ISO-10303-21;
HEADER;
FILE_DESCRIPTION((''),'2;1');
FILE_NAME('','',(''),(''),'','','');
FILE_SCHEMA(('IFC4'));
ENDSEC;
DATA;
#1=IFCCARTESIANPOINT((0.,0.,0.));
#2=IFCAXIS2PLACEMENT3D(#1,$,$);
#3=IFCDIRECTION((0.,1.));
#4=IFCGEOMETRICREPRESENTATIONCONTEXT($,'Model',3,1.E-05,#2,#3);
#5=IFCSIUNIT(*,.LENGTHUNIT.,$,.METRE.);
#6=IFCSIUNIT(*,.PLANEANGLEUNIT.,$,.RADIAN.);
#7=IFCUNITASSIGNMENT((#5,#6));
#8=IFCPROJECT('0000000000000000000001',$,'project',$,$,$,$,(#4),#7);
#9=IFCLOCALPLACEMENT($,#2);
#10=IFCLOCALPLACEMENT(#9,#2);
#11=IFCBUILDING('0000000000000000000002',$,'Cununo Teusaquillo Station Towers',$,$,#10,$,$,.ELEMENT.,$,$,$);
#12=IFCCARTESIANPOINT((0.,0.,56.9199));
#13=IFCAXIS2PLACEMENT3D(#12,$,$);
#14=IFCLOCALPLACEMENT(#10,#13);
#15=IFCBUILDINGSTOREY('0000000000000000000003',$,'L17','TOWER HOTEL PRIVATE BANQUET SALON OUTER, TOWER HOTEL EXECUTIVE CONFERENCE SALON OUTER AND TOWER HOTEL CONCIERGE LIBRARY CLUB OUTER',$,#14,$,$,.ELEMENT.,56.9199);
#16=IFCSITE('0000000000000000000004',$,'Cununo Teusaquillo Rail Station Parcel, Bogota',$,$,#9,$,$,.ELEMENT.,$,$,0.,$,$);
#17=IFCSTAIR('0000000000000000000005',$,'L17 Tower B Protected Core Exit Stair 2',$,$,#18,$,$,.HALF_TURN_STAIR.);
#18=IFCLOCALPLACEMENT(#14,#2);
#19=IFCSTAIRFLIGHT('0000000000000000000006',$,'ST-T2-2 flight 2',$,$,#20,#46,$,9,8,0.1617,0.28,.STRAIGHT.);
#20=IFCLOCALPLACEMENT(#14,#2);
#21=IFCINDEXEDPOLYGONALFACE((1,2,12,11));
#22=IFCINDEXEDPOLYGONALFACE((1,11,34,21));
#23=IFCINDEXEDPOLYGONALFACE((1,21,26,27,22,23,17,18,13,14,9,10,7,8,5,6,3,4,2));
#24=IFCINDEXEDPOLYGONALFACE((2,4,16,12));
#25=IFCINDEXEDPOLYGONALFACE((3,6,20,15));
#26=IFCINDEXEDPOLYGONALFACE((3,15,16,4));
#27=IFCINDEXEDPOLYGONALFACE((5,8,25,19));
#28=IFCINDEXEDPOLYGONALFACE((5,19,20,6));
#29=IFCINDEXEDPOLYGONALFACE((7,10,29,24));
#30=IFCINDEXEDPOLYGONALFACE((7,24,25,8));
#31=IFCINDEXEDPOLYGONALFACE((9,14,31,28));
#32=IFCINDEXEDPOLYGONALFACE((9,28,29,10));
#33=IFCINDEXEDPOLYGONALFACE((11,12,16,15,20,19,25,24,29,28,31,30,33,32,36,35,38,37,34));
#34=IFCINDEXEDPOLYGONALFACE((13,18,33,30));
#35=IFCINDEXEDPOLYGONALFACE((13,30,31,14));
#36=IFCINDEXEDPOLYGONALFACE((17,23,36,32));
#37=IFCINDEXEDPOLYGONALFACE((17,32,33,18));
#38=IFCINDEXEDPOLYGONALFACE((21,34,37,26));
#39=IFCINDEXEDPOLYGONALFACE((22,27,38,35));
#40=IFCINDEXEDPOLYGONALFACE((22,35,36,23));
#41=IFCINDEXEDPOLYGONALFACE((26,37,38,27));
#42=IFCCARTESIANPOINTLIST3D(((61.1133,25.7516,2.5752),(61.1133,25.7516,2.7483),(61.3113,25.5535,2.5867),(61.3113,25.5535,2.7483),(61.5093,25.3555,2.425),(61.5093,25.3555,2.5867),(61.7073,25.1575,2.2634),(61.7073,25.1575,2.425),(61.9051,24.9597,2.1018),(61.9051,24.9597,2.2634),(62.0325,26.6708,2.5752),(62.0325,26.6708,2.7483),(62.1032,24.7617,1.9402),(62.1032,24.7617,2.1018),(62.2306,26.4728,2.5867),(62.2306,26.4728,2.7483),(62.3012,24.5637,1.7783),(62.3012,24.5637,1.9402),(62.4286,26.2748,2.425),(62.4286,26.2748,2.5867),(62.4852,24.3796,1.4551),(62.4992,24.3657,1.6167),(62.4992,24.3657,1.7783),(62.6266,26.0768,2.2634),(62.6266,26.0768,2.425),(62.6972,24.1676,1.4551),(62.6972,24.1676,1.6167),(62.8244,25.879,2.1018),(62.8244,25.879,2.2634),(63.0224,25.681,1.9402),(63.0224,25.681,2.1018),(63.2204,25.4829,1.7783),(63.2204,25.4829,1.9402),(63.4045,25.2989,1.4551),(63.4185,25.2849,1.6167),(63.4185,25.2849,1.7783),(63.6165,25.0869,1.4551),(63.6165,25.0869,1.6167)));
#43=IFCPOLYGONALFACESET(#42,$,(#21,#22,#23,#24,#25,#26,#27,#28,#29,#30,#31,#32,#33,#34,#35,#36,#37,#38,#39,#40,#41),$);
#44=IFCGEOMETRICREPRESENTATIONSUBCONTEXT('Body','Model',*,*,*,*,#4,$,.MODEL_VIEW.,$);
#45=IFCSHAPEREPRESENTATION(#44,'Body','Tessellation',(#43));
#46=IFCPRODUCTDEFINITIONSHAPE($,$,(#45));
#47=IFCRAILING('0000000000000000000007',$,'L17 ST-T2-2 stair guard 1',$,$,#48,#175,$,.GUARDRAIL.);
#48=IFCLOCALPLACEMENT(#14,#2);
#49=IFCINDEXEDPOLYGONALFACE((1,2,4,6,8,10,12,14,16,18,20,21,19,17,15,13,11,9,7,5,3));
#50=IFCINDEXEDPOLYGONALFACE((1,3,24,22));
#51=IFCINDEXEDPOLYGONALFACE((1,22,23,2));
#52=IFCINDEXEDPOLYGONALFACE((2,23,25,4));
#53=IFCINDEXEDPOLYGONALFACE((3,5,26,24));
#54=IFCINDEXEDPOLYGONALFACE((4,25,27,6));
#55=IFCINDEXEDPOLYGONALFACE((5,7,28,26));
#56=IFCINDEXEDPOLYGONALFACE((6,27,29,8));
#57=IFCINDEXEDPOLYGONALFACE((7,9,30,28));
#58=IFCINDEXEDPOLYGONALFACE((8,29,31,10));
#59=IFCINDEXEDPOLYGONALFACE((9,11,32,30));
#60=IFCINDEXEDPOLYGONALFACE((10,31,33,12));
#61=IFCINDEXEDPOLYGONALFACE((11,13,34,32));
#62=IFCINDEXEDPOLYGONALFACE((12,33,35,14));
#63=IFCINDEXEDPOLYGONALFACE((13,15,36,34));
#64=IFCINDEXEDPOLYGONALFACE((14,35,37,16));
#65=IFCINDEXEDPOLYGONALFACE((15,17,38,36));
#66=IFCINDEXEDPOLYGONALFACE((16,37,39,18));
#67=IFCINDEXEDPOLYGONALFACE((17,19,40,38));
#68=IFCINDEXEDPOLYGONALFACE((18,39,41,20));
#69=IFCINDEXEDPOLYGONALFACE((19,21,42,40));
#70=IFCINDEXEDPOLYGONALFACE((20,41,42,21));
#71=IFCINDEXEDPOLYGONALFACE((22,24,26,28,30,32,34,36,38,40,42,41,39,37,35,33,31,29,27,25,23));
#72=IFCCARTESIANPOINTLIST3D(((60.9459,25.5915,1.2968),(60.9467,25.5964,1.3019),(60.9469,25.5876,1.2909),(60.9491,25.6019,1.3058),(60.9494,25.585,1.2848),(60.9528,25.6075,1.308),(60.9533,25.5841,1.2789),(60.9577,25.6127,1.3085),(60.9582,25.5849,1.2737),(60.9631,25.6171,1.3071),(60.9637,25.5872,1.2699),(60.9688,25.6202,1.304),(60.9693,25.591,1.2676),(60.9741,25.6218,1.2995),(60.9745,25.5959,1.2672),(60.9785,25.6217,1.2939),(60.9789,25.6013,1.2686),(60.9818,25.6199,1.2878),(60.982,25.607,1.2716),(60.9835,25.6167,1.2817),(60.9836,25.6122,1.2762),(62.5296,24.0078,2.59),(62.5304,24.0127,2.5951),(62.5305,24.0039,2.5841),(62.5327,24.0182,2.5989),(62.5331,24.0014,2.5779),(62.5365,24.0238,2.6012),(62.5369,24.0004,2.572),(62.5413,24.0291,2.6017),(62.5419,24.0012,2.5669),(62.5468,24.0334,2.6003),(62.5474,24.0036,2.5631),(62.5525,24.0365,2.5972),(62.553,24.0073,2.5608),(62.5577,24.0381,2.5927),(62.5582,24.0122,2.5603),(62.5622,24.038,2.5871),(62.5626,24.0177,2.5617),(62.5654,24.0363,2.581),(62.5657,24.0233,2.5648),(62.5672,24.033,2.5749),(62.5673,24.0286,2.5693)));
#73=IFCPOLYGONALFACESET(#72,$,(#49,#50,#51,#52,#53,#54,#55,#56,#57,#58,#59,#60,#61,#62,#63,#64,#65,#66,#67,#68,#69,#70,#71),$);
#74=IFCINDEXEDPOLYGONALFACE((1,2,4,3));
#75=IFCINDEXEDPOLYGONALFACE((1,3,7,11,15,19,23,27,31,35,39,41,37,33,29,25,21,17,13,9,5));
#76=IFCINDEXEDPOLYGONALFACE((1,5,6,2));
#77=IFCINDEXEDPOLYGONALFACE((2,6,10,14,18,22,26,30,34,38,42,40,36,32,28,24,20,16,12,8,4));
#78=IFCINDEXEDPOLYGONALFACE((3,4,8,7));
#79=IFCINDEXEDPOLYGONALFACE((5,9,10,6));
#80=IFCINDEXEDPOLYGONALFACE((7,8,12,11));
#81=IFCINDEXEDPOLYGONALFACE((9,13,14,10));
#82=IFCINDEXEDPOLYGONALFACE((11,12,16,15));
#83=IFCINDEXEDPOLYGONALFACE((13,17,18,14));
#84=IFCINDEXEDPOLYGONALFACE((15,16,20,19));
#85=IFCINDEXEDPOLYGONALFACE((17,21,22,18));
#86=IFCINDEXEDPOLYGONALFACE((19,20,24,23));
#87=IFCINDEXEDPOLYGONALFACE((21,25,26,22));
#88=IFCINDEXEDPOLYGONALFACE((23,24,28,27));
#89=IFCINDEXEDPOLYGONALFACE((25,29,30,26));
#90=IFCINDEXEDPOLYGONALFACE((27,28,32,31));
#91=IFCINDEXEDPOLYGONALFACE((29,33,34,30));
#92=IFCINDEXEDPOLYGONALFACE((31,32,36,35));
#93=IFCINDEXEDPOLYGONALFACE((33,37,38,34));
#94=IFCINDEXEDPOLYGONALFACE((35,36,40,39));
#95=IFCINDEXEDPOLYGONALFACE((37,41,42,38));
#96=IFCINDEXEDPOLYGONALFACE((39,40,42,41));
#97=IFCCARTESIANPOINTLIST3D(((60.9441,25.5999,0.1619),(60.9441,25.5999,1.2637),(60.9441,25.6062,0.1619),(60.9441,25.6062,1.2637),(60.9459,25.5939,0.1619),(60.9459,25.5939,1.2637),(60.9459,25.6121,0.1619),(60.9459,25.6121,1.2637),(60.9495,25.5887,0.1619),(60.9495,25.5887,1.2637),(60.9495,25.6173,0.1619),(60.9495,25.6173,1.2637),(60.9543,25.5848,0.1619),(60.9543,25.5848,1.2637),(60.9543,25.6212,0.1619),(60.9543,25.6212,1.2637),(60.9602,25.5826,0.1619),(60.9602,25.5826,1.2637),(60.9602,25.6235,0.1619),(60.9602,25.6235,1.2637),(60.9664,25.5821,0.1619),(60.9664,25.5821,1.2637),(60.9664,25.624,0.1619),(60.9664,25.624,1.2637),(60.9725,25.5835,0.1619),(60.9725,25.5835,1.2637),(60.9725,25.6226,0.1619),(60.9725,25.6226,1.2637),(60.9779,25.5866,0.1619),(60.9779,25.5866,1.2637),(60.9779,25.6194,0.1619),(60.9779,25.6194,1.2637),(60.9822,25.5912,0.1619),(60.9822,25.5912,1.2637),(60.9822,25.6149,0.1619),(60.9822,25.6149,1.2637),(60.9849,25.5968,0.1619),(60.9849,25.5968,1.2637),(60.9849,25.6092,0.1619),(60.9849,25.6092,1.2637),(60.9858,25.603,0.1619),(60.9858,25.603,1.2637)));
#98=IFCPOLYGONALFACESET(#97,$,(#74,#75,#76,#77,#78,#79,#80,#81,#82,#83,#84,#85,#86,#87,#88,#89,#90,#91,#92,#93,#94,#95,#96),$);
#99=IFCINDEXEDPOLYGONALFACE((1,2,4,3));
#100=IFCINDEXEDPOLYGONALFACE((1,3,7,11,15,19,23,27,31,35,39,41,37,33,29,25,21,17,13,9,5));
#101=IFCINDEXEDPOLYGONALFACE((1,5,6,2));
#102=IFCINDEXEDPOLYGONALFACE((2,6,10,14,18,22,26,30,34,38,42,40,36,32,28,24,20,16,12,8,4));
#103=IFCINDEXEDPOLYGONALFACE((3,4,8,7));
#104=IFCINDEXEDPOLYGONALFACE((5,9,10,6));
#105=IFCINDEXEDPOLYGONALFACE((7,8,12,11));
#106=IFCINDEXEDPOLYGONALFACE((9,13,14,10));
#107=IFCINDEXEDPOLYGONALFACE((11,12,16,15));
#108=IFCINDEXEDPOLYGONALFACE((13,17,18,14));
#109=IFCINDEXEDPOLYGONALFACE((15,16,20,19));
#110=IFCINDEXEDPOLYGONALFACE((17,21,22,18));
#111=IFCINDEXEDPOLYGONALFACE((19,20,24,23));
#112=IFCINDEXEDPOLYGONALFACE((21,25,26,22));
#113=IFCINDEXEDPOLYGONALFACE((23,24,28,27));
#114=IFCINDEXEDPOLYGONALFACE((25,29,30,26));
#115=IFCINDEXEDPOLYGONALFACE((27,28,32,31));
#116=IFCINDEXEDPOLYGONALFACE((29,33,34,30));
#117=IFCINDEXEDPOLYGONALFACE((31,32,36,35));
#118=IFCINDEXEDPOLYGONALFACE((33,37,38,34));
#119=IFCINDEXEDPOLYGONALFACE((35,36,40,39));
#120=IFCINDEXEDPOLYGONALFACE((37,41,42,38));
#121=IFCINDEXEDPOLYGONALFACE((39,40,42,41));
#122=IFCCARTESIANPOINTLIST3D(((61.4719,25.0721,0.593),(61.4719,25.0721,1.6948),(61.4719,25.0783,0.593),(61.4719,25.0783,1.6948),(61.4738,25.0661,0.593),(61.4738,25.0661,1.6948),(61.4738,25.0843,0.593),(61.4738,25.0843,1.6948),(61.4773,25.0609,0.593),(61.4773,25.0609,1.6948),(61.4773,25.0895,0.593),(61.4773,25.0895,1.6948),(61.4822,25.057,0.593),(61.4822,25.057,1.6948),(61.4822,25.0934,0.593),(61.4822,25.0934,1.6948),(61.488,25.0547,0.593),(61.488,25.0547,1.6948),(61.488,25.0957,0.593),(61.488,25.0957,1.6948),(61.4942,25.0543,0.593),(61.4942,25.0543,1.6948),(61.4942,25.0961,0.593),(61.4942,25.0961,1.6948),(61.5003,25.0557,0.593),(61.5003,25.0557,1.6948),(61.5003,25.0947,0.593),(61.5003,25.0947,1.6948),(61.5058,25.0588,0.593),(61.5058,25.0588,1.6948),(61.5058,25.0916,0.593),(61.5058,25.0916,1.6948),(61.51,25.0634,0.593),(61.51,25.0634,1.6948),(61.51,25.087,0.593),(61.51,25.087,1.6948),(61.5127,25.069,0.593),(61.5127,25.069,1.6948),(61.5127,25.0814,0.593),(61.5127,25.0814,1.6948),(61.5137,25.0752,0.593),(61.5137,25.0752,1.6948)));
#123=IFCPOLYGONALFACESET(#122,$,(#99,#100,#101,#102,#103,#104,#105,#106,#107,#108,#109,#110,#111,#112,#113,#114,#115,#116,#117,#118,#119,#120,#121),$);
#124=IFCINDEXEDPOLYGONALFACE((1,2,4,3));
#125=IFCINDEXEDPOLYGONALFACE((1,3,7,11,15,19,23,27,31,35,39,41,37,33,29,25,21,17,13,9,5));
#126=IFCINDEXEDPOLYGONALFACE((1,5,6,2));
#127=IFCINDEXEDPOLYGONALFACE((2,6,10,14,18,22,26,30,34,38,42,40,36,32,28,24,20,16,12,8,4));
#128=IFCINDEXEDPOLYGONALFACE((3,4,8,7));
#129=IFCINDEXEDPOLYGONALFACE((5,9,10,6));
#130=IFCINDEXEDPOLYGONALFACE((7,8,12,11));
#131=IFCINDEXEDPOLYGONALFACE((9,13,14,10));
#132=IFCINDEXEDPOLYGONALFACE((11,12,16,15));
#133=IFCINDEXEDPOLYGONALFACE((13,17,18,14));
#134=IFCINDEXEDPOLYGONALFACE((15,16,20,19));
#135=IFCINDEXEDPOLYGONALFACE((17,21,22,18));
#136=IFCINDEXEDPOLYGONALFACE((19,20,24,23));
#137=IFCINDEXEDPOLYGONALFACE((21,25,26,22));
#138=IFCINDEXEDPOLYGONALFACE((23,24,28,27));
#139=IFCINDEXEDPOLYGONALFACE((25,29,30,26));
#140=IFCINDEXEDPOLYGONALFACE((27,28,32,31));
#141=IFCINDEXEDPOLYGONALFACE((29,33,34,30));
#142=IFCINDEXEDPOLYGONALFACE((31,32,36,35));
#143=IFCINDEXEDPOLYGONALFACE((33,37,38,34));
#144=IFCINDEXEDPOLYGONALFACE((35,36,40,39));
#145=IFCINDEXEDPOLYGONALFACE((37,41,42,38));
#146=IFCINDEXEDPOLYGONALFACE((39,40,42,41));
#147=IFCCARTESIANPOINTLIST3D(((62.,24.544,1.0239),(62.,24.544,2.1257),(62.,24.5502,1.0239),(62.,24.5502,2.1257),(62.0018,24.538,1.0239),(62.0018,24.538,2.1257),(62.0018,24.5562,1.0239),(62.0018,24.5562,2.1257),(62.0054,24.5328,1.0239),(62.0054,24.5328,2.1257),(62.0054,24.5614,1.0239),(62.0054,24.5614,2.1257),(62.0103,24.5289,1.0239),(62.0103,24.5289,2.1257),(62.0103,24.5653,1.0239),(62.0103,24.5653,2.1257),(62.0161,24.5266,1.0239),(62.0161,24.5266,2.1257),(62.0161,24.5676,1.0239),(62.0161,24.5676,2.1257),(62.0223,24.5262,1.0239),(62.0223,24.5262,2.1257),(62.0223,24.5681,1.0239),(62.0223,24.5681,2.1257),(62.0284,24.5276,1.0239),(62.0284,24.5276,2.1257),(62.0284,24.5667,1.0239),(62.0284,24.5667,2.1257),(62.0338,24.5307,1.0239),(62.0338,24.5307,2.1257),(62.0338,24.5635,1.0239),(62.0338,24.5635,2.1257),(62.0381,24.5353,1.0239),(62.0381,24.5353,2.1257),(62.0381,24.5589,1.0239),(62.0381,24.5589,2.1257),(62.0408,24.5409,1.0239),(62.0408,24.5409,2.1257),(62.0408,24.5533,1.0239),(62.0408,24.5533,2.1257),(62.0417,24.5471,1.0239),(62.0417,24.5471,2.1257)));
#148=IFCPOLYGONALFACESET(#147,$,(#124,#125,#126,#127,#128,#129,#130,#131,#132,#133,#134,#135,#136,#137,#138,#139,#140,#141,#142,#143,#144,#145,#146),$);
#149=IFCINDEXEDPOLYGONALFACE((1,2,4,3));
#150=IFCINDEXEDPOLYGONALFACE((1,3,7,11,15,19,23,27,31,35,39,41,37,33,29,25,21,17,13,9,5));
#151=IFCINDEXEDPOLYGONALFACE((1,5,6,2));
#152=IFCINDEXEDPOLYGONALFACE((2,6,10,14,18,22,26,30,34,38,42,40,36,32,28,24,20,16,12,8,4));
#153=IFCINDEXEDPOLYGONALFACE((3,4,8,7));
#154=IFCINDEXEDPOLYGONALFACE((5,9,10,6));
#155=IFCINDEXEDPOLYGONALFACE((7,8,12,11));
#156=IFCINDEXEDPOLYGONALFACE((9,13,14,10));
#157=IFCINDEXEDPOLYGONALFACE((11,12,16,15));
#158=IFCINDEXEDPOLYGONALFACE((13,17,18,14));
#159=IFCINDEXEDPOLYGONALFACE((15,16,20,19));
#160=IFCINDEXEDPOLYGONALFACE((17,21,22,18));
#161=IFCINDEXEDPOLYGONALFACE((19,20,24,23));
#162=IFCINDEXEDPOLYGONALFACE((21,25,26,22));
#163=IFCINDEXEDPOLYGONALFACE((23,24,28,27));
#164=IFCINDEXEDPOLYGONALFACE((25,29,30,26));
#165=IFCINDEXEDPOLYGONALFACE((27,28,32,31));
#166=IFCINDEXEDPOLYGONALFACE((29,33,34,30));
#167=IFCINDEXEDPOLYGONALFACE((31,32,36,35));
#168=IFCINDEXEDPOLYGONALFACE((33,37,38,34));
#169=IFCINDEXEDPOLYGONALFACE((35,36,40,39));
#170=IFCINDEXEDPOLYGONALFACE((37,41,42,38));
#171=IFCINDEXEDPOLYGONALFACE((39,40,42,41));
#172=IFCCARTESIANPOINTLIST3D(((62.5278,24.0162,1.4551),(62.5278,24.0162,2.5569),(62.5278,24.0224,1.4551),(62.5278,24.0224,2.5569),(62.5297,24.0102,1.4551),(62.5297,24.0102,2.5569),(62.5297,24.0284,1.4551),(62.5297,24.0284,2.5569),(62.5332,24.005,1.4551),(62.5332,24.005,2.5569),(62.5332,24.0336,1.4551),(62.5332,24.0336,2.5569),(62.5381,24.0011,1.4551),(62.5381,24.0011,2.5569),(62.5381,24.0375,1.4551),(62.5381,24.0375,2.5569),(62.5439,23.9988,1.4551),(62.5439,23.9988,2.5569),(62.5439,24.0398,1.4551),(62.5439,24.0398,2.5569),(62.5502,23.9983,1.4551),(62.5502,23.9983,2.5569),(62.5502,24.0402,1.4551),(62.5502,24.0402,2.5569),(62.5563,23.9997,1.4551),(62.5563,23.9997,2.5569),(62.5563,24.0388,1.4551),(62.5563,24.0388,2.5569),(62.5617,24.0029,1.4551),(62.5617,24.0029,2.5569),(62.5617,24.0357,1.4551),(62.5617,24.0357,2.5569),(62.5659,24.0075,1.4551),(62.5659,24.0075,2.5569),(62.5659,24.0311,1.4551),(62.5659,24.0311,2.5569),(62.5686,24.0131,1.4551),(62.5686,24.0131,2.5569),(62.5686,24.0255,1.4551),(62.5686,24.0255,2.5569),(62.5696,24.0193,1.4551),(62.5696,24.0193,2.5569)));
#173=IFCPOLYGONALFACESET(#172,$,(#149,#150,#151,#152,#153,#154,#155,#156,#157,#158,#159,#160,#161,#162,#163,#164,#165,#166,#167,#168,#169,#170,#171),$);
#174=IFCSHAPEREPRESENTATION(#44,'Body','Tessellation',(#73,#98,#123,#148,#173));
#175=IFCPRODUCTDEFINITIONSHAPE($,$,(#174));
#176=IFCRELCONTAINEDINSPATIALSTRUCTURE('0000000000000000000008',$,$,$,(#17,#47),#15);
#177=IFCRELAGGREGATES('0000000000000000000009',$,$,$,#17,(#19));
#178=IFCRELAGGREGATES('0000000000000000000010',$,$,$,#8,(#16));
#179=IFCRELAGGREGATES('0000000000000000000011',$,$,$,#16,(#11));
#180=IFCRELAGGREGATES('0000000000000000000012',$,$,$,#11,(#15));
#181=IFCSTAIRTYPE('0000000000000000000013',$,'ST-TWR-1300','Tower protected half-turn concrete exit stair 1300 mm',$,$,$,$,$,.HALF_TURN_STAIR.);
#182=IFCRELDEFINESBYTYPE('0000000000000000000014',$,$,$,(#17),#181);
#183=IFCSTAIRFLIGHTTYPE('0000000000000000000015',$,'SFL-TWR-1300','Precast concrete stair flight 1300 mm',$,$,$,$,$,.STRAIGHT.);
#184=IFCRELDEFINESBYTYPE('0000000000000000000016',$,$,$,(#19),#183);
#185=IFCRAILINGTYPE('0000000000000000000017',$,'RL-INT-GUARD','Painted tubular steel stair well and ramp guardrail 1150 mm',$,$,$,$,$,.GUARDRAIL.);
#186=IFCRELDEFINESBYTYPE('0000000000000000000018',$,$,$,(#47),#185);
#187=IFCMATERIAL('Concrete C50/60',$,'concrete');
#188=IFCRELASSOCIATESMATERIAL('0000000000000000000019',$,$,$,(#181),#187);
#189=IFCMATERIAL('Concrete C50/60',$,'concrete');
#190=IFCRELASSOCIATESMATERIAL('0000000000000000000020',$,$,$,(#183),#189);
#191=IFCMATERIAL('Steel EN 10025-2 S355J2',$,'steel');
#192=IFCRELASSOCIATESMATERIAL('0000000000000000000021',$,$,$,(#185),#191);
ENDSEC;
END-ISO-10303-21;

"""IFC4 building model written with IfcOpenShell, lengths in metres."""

from ifc_helpers import new_model, si_unit, direction, frame, origin, origin_2d, place, context, subcontext, project, spatial, polyline, circle, outline, extrude, material, type_object, element, aggregate, save


model = new_model("IFC4")

# Units and contexts
model_context = context("Model", 3, precision=1e-05, world=origin(), true_north=direction((0.0, 1.0)))
body_context = subcontext(model_context, "Body", "Model", "MODEL_VIEW")
ifc_project = project(units=[si_unit("LENGTHUNIT", "METRE"), si_unit("PLANEANGLEUNIT", "RADIAN")], contexts=[model_context])

# Site, building, storey
site_placement = place(None, origin())
site = spatial("IfcSite", under=ifc_project, at=site_placement, Name="Cununo Teusaquillo Rail Station Parcel, Bogota", CompositionType="ELEMENT", RefElevation=0.0)
building_placement = place(site_placement, origin())
building = spatial("IfcBuilding", under=site, at=building_placement, Name="Cununo Teusaquillo Station Towers", CompositionType="ELEMENT")
storey_placement = place(building_placement, frame((0.0, 0.0, 56.9199)))
storey = spatial("IfcBuildingStorey", under=building, at=storey_placement, Name="L17", Description="TOWER HOTEL PRIVATE BANQUET SALON OUTER, TOWER HOTEL EXECUTIVE CONFERENCE SALON OUTER AND TOWER HOTEL CONCIERGE LIBRARY CLUB OUTER", CompositionType="ELEMENT", Elevation=56.9199)

# Stair, stair flight
ifc_material_1 = material(Name="Concrete C50/60", Category="concrete")
stair_type = type_object("IfcStairType", Name="ST-TWR-1300", Description="Tower protected half-turn concrete exit stair 1300 mm", PredefinedType="HALF_TURN_STAIR", material=ifc_material_1)
stair_placement = place(storey_placement, origin())
stair = element("IfcStair", 1, at=stair_placement, inside=storey, type_object=stair_type, Name="L17 Tower B Protected Core Exit Stair 2", PredefinedType="HALF_TURN_STAIR")
ifc_material_2 = material(Name="Concrete C50/60", Category="concrete")
stair_flight_type = type_object("IfcStairFlightType", Name="SFL-TWR-1300", Description="Precast concrete stair flight 1300 mm", PredefinedType="STRAIGHT", material=ifc_material_2)
stair_flight_1_placement = place(storey_placement, frame((63.1567, 24.6272, 1.4551), z_axis=(0.0, 0.0, 1.0), x_axis=(-0.707107, 0.707107, 0.0)))
stair_flight_1 = element("IfcStairFlight", 2, at=stair_flight_1_placement, type_object=stair_flight_type, Name="ST-T2-2 flight 2", NumberOfRisers=9, NumberOfTreads=8, PredefinedType="STRAIGHT", RiserHeight=0.1617, TreadLength=0.28, context=body_context, shape_type="SweptSolid", body=[
    extrude(outline(polyline([(0.0, 0.0), (0.0, 0.1616), (0.28, 0.1616), (0.28, 0.3232), (0.5601, 0.3232), (0.5601, 0.4851), (0.8401, 0.4851), (0.8401, 0.6467), (1.1201, 0.6467), (1.1201, 0.8083), (1.3999, 0.8083), (1.3999, 0.97), (1.6799, 0.97), (1.6799, 1.1316), (1.96, 1.1316), (1.96, 1.2932), (2.24, 1.2932), (2.24, 1.4551), (2.24, 1.1201), (0.2998, 0.0), (0.0, 0.0)])), frame((0.0, 0.6499, 0.0), z_axis=(0.0, -1.0, 0.0), x_axis=(1.0, 0.0, 0.0)), (0.0, 0.0, 1.0), 1.3),
])
aggregate(stair, [stair_flight_1])

# Railing
ifc_material_3 = material(Name="Steel EN 10025-2 S355J2", Category="steel")
railing_type_1 = type_object("IfcRailingType", Name="RL-INT-GUARD", Description="Painted tubular steel stair well and ramp guardrail 1150 mm", PredefinedType="GUARDRAIL", material=ifc_material_3)
railing_1_placement = place(storey_placement, frame((60.9648, 25.603, 0.1619)))
element("IfcRailing", 3, at=railing_1_placement, inside=storey, type_object=railing_type_1, Name="L17 ST-T2-2 stair guard 1", PredefinedType="GUARDRAIL", context=body_context, shape_type="SweptSolid", body=[
    extrude(circle(Radius=0.0239, at=origin_2d()), frame((0.0, 0.0, 1.126), z_axis=(0.612361, -0.612361, 0.500027), x_axis=(0.707107, 0.707107, 0.0)), (0.0, 0.0, 1.0), 2.5862),
    extrude(circle(Radius=0.021, at=origin_2d()), origin(), (0.0, 0.0, 1.0), 1.1018),
    extrude(circle(Radius=0.021, at=origin_2d()), frame((0.5278, -0.5278, 0.4312)), (0.0, 0.0, 1.0), 1.1018),
    extrude(circle(Radius=0.021, at=origin_2d()), frame((1.0559, -1.0559, 0.8621)), (0.0, 0.0, 1.0), 1.1018),
    extrude(circle(Radius=0.021, at=origin_2d()), frame((1.5837, -1.5837, 1.2932)), (0.0, 0.0, 1.0), 1.1018),
])

save(model, "model.ifc")
